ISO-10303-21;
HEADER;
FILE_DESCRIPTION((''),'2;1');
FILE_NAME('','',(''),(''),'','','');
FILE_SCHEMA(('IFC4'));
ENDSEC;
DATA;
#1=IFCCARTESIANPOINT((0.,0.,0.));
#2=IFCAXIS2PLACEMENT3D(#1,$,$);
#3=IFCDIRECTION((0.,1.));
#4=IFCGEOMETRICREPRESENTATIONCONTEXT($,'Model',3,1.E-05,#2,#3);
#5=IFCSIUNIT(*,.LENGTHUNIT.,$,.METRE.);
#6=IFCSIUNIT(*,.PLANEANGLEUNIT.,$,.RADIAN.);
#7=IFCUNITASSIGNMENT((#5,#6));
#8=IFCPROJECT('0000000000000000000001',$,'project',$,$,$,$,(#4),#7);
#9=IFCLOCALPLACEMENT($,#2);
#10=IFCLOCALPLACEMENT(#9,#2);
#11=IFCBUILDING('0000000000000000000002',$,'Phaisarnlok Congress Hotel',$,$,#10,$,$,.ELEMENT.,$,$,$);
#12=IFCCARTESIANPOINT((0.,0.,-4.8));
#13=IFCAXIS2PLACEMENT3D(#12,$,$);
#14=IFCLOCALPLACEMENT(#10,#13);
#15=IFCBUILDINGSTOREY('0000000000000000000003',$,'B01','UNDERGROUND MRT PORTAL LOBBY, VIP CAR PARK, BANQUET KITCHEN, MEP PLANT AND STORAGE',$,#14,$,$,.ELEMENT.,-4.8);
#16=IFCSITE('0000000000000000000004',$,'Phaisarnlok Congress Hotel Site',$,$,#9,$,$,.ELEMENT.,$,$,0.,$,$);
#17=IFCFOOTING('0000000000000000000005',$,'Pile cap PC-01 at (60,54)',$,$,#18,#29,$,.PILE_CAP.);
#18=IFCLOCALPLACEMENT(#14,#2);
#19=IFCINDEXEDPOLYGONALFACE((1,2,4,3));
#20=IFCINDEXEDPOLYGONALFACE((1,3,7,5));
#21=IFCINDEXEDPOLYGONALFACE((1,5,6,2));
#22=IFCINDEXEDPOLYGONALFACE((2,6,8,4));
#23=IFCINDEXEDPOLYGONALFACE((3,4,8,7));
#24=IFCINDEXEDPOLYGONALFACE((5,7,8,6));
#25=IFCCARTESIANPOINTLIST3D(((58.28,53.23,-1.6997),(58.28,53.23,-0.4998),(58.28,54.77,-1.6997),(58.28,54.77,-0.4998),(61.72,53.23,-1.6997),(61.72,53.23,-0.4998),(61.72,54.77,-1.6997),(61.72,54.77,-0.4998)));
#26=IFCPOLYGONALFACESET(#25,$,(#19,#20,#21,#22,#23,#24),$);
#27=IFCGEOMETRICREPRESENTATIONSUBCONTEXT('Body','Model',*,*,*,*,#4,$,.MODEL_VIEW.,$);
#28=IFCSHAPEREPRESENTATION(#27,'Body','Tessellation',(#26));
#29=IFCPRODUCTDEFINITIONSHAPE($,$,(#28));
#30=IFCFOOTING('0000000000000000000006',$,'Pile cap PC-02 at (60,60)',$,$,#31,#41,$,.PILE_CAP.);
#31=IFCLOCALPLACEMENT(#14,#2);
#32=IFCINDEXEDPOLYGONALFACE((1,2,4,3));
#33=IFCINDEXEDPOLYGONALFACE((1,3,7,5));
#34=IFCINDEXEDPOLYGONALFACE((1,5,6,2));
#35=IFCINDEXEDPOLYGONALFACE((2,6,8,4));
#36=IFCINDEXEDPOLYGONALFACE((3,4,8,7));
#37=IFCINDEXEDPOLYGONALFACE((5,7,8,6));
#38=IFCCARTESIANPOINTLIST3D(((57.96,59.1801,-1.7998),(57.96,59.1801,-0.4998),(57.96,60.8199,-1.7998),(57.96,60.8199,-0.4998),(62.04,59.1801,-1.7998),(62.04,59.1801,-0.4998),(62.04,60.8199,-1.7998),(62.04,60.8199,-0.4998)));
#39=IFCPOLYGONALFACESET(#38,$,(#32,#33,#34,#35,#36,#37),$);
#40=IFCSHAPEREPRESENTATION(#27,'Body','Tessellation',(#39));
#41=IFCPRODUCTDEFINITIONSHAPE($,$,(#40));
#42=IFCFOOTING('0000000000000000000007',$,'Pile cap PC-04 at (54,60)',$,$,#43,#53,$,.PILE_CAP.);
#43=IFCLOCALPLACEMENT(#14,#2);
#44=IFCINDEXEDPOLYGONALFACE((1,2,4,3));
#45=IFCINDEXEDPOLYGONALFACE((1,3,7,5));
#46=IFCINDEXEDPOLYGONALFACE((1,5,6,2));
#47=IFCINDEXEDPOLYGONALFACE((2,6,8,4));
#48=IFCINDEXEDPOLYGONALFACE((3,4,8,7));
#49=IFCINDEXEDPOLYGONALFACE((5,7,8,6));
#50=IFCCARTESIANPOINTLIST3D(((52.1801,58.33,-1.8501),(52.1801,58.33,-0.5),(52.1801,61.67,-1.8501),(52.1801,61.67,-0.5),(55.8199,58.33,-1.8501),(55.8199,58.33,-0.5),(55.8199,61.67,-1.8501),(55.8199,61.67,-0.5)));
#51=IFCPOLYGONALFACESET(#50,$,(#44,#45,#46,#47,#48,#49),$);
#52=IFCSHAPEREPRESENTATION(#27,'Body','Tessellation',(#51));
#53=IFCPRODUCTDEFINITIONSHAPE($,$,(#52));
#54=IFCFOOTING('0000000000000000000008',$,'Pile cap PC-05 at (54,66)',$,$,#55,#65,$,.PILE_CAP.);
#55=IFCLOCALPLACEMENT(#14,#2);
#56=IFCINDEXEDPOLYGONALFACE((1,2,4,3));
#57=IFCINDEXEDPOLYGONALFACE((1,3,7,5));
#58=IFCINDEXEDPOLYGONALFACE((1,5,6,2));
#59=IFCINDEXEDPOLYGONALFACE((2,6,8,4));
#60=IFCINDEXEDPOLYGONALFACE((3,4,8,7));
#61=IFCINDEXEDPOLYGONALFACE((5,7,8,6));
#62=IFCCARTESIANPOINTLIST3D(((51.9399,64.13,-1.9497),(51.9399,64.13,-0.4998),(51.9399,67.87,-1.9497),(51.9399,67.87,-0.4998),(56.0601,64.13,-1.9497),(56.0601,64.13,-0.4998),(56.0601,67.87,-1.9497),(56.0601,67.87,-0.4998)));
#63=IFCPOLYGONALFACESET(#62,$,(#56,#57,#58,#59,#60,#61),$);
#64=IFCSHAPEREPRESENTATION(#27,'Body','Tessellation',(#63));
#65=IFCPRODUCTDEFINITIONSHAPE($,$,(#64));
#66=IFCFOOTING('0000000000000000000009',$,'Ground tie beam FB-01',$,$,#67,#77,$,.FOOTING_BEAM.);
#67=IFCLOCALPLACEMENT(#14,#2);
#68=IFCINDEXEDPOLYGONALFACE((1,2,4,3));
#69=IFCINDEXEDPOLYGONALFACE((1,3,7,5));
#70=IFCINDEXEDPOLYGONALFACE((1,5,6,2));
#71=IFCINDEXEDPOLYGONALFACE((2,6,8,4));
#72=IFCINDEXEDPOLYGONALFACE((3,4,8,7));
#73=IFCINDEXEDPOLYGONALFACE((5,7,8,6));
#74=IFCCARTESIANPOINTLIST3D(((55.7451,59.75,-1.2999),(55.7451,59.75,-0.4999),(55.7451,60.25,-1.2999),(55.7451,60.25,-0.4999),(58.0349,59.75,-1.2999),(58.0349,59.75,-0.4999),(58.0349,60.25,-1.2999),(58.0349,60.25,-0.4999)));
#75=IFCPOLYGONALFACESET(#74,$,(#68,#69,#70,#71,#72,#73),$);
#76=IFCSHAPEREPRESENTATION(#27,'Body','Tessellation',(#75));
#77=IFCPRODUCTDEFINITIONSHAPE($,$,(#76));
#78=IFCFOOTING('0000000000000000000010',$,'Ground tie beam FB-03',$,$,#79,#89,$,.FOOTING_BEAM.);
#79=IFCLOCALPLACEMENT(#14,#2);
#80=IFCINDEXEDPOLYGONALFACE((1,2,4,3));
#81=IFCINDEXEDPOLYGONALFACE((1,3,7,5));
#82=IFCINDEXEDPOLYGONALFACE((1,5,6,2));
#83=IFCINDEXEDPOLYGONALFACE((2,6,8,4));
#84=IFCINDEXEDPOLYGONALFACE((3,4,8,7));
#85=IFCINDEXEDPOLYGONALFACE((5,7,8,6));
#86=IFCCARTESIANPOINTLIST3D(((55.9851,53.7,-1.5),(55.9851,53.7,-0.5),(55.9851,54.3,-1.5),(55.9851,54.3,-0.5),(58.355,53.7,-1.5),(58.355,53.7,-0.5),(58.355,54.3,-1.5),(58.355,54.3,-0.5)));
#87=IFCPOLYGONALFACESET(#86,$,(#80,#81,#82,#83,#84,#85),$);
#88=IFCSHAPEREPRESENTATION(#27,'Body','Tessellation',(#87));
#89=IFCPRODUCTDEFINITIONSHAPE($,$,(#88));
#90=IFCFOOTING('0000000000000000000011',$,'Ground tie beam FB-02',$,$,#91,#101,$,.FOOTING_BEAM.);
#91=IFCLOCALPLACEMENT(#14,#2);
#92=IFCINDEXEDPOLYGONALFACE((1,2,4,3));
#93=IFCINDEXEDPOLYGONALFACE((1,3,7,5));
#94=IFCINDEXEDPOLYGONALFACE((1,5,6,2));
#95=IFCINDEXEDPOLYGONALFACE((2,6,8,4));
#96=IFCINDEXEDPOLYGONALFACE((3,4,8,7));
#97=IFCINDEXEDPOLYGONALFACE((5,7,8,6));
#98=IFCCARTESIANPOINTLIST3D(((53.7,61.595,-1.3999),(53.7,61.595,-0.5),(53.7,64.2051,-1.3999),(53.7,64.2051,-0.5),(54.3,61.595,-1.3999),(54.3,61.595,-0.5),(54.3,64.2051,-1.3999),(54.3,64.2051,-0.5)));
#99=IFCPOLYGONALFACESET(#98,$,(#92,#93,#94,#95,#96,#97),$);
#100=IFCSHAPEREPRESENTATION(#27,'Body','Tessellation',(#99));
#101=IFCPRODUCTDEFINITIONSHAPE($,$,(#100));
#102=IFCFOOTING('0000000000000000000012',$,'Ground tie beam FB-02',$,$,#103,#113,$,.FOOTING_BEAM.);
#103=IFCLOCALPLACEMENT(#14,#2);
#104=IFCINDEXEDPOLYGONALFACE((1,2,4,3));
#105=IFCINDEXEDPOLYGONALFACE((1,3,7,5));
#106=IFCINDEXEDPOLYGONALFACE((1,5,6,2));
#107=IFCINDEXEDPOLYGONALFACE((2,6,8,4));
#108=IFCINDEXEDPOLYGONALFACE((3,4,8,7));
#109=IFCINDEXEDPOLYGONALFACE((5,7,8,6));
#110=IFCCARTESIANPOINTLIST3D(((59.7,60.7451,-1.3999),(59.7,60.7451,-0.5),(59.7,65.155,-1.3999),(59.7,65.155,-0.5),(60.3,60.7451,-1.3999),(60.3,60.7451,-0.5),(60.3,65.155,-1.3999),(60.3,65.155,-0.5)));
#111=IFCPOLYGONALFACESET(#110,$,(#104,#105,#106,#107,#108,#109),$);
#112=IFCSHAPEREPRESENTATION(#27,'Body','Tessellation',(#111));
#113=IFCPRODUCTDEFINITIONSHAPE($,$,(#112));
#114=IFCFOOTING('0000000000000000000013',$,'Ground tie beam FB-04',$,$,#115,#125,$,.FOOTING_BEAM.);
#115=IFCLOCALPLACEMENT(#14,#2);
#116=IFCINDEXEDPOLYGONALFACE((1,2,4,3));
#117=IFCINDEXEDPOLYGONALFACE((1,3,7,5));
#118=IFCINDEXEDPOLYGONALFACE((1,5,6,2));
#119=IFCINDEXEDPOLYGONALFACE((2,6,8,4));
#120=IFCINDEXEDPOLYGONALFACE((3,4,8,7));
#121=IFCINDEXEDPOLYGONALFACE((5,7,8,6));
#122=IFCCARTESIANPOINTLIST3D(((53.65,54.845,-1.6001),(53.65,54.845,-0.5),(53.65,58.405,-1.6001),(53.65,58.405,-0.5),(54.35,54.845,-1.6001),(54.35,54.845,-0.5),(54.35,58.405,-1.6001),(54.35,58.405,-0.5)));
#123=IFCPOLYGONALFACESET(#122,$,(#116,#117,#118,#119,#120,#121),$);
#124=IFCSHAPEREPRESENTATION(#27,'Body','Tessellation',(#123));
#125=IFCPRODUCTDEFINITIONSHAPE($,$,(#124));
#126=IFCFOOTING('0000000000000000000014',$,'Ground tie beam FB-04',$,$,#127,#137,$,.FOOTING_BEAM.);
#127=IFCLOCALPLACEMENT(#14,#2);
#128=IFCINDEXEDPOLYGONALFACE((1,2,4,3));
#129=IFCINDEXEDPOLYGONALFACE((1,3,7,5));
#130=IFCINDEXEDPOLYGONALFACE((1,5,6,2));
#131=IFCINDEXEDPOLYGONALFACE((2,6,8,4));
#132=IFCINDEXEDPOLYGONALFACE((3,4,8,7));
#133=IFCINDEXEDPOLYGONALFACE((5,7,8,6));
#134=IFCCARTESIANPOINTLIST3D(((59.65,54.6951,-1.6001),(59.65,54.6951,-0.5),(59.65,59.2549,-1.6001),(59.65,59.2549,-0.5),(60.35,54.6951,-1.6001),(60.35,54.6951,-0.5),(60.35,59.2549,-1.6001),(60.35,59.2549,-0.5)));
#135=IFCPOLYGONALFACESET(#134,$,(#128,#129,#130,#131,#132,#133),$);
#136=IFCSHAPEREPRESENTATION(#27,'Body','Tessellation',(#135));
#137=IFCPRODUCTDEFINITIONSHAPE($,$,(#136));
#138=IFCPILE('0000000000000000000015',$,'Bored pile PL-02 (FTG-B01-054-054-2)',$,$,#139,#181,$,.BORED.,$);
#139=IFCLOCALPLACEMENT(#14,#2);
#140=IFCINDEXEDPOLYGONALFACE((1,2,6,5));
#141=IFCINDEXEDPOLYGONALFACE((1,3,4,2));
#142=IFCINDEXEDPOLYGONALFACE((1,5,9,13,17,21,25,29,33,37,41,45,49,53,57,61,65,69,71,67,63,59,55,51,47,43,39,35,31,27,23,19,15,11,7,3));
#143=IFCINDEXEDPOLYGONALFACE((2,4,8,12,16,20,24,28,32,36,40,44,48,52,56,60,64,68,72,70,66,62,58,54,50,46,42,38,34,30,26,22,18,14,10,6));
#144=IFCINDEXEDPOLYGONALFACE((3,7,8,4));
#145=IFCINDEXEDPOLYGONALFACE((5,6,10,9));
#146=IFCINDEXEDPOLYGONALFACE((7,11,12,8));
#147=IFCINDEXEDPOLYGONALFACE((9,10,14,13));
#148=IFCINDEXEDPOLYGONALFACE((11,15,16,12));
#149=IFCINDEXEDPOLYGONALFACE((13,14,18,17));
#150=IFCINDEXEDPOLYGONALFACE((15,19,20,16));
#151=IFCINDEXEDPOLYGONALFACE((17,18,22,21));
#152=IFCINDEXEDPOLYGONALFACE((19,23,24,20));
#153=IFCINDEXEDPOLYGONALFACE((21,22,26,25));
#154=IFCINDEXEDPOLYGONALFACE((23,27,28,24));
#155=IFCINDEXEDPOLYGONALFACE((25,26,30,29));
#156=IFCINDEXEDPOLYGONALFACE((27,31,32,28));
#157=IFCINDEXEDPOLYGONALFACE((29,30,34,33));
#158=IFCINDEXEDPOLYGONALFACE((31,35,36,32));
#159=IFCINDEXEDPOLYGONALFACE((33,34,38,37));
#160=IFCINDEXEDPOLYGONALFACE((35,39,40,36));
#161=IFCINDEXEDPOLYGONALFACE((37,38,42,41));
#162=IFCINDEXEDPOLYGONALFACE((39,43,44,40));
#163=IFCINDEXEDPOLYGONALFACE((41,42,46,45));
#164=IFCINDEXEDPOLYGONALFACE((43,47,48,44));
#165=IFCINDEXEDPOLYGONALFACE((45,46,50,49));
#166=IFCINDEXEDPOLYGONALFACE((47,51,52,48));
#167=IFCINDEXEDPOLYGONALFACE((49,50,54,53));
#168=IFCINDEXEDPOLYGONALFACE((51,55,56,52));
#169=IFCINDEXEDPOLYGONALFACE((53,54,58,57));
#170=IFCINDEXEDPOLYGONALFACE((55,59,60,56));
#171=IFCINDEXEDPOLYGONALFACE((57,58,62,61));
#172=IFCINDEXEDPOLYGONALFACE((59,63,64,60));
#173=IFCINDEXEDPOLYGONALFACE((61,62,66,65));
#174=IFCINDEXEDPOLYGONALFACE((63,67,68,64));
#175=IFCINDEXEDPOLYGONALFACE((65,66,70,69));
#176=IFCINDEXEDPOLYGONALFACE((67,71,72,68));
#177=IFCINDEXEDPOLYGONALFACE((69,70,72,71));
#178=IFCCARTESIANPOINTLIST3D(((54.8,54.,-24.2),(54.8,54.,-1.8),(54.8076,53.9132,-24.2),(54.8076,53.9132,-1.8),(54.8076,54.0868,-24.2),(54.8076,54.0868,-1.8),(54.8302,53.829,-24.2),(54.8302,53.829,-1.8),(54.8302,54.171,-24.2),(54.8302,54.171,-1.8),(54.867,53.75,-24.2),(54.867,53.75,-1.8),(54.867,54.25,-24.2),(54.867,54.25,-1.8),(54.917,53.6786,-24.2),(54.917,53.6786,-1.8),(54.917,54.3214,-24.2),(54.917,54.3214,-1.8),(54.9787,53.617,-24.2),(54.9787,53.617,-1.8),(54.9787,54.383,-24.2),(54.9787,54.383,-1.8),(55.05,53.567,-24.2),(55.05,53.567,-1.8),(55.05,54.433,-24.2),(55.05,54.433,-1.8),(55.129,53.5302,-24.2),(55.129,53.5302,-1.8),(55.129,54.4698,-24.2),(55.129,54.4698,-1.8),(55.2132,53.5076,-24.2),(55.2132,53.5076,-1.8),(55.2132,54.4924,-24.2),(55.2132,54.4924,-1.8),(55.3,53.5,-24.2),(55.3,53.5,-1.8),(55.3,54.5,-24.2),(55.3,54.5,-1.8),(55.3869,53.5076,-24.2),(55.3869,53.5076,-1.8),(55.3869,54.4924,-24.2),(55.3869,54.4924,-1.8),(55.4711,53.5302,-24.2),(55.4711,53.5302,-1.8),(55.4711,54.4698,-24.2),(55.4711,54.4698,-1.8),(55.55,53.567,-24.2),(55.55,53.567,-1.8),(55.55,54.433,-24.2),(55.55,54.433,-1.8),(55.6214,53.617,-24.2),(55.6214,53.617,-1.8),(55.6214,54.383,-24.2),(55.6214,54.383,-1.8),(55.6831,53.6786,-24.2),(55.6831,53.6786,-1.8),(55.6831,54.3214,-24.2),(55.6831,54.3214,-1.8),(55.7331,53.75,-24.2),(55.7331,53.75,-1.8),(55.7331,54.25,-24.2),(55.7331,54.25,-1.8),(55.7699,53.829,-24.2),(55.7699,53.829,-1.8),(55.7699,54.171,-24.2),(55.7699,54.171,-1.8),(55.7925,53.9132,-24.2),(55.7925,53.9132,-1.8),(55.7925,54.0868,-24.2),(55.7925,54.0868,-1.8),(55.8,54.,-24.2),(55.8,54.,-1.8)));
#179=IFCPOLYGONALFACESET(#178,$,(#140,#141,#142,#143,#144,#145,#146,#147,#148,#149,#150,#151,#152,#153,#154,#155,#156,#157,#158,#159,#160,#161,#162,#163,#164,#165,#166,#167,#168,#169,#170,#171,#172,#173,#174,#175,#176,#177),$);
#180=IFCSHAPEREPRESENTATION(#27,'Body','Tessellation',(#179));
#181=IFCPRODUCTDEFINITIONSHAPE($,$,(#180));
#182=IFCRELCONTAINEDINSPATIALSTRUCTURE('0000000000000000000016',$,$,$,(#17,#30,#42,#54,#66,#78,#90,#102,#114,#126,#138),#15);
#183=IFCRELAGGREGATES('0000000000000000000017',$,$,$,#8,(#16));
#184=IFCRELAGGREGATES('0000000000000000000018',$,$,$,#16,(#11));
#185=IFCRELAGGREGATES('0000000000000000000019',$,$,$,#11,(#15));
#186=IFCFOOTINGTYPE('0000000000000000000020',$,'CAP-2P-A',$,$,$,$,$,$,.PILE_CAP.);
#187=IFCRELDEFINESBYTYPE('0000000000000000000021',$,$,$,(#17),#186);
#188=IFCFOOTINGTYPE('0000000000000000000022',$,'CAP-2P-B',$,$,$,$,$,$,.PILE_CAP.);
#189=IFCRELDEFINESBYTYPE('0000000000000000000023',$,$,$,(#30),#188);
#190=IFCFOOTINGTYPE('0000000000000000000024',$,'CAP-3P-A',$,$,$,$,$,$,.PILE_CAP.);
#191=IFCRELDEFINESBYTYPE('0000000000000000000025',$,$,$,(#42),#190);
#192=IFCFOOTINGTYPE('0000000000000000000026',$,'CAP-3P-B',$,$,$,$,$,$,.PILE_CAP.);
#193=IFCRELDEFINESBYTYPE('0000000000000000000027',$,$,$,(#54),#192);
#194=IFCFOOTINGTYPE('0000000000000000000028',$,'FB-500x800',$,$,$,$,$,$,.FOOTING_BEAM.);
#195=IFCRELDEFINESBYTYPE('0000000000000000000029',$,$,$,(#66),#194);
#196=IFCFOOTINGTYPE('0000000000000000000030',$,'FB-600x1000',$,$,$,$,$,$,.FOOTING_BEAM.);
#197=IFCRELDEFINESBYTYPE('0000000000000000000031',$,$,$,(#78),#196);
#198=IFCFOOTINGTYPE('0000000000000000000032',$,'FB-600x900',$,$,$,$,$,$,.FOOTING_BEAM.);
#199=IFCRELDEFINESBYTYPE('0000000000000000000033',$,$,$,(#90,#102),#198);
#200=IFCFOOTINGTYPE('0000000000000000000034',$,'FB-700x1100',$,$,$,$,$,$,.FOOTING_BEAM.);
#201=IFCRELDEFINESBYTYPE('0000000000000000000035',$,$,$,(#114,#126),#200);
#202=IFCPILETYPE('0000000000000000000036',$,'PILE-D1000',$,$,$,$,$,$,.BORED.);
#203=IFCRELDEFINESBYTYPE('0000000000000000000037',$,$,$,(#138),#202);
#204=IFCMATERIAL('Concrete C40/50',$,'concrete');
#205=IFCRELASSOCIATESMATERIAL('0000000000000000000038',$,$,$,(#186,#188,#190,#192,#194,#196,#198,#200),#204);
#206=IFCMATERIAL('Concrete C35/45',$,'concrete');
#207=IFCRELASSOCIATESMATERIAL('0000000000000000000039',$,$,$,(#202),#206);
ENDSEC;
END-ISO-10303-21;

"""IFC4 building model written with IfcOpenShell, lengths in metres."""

from ifc_helpers import new_model, si_unit, direction, frame, origin, origin_2d, place, context, subcontext, project, spatial, rectangle, circle, extrude, material, material_profile, profile_set, type_object, element, save


model = new_model("IFC4")

# Units and contexts
model_context = context("Model", 3, precision=1e-05, world=origin(), true_north=direction((0.0, 1.0)))
body_context = subcontext(model_context, "Body", "Model", "MODEL_VIEW")
ifc_project = project(units=[si_unit("LENGTHUNIT", "METRE"), si_unit("PLANEANGLEUNIT", "RADIAN")], contexts=[model_context])

# Site, building, storey
site_placement = place(None, origin())
site = spatial("IfcSite", under=ifc_project, at=site_placement, Name="Phaisarnlok Congress Hotel Site", CompositionType="ELEMENT", RefElevation=0.0)
building_placement = place(site_placement, origin())
building = spatial("IfcBuilding", under=site, at=building_placement, Name="Phaisarnlok Congress Hotel", CompositionType="ELEMENT")
storey_placement = place(building_placement, frame((0.0, 0.0, -4.8)))
storey = spatial("IfcBuildingStorey", under=building, at=storey_placement, Name="B01", Description="UNDERGROUND MRT PORTAL LOBBY, VIP CAR PARK, BANQUET KITCHEN, MEP PLANT AND STORAGE", CompositionType="ELEMENT", Elevation=-4.8)

# Footings
ifc_material_1 = material(Name="Concrete C40/50", Category="concrete")
footing_type_1 = type_object("IfcFootingType", Name="CAP-2P-A", PredefinedType="PILE_CAP", material=ifc_material_1)
footing_1_placement = place(storey_placement, frame((60.0, 54.0, -1.6997), z_axis=(0.0, 0.0, 1.0), x_axis=(1.0, 0.0, 0.0)))
element("IfcFooting", 1, at=footing_1_placement, inside=storey, type_object=footing_type_1, Name="Pile cap PC-01 at (60,54)", PredefinedType="PILE_CAP", context=body_context, shape_type="SweptSolid", body=[
    extrude(rectangle(XDim=3.4399, YDim=1.54, at=origin_2d()), origin(), (0.0, 0.0, 1.0), 1.2),
])
footing_type_2 = type_object("IfcFootingType", Name="CAP-2P-B", PredefinedType="PILE_CAP", material=ifc_material_1)
footing_2_placement = place(storey_placement, frame((60.0, 60.0, -1.7998), z_axis=(0.0, 0.0, 1.0), x_axis=(1.0, 0.0, 0.0)))
element("IfcFooting", 2, at=footing_2_placement, inside=storey, type_object=footing_type_2, Name="Pile cap PC-02 at (60,60)", PredefinedType="PILE_CAP", context=body_context, shape_type="SweptSolid", body=[
    extrude(rectangle(XDim=4.0801, YDim=1.6399, at=origin_2d()), origin(), (0.0, 0.0, 1.0), 1.3),
])
footing_type_3 = type_object("IfcFootingType", Name="CAP-3P-A", PredefinedType="PILE_CAP", material=ifc_material_1)
footing_3_placement = place(storey_placement, frame((54.0, 60.0, -1.8501), z_axis=(0.0, 0.0, 1.0), x_axis=(1.0, 0.0, 0.0)))
element("IfcFooting", 3, at=footing_3_placement, inside=storey, type_object=footing_type_3, Name="Pile cap PC-04 at (54,60)", PredefinedType="PILE_CAP", context=body_context, shape_type="SweptSolid", body=[
    extrude(rectangle(XDim=3.6399, YDim=3.3401, at=origin_2d()), origin(), (0.0, 0.0, 1.0), 1.3501),
])
footing_type_4 = type_object("IfcFootingType", Name="CAP-3P-B", PredefinedType="PILE_CAP", material=ifc_material_1)
footing_4_placement = place(storey_placement, frame((54.0, 66.0, -1.9497), z_axis=(0.0, 0.0, 1.0), x_axis=(1.0, 0.0, 0.0)))
element("IfcFooting", 4, at=footing_4_placement, inside=storey, type_object=footing_type_4, Name="Pile cap PC-05 at (54,66)", PredefinedType="PILE_CAP", context=body_context, shape_type="SweptSolid", body=[
    extrude(rectangle(XDim=4.1201, YDim=3.74, at=origin_2d()), origin(), (0.0, 0.0, 1.0), 1.45),
])
ifc_material_profile_1 = material_profile(ifc_material_1, rectangle(XDim=0.5, YDim=0.8, at=origin_2d()), Name="FB-500x800")
ifc_profile_set_1 = profile_set([ifc_material_profile_1], Name="Concrete C40/50")
footing_type_5 = type_object("IfcFootingType", Name="FB-500x800", PredefinedType="FOOTING_BEAM", material=ifc_profile_set_1)
footing_5_placement = place(storey_placement, frame((55.7451, 60.0, -0.8999), z_axis=(1.0, 0.0, 0.0), x_axis=(0.0, 1.0, 0.0)))
element("IfcFooting", 5, at=footing_5_placement, inside=storey, type_object=footing_type_5, Name="Ground tie beam FB-01", PredefinedType="FOOTING_BEAM", context=body_context, shape_type="SweptSolid", body=[
    extrude(rectangle(XDim=0.5, YDim=0.8, at=origin_2d()), origin(), (0.0, 0.0, 1.0), 2.2898),
])
ifc_material_profile_2 = material_profile(ifc_material_1, rectangle(XDim=0.6001, YDim=1.0, at=origin_2d()), Name="FB-600x1000")
ifc_profile_set_2 = profile_set([ifc_material_profile_2], Name="Concrete C40/50")
footing_type_6 = type_object("IfcFootingType", Name="FB-600x1000", PredefinedType="FOOTING_BEAM", material=ifc_profile_set_2)
footing_6_placement = place(storey_placement, frame((55.9851, 54.0, -1.0), z_axis=(1.0, 0.0, 0.0), x_axis=(0.0, 1.0, 0.0)))
element("IfcFooting", 6, at=footing_6_placement, inside=storey, type_object=footing_type_6, Name="Ground tie beam FB-03", PredefinedType="FOOTING_BEAM", context=body_context, shape_type="SweptSolid", body=[
    extrude(rectangle(XDim=0.6001, YDim=1.0, at=origin_2d()), origin(), (0.0, 0.0, 1.0), 2.3699),
])
ifc_material_profile_3 = material_profile(ifc_material_1, rectangle(XDim=0.6001, YDim=0.8999, at=origin_2d()), Name="FB-600x900")
ifc_profile_set_3 = profile_set([ifc_material_profile_3], Name="Concrete C40/50")
footing_type_7 = type_object("IfcFootingType", Name="FB-600x900", PredefinedType="FOOTING_BEAM", material=ifc_profile_set_3)
footing_7_placement = place(storey_placement, frame((54.0, 61.595, -0.95), z_axis=(0.0, 1.0, 0.0), x_axis=(-1.0, 0.0, 0.0)))
element("IfcFooting", 7, at=footing_7_placement, inside=storey, type_object=footing_type_7, Name="Ground tie beam FB-02", PredefinedType="FOOTING_BEAM", context=body_context, shape_type="SweptSolid", body=[
    extrude(rectangle(XDim=0.6001, YDim=0.8999, at=origin_2d()), origin(), (0.0, 0.0, 1.0), 2.6101),
])
footing_8_placement = place(storey_placement, frame((60.0, 60.7451, -0.95), z_axis=(0.0, 1.0, 0.0), x_axis=(-1.0, 0.0, 0.0)))
element("IfcFooting", 8, at=footing_8_placement, inside=storey, type_object=footing_type_7, Name="Ground tie beam FB-02", PredefinedType="FOOTING_BEAM", context=body_context, shape_type="SweptSolid", body=[
    extrude(rectangle(XDim=0.6001, YDim=0.8999, at=origin_2d()), origin(), (0.0, 0.0, 1.0), 4.4099),
])
ifc_material_profile_4 = material_profile(ifc_material_1, rectangle(XDim=0.7, YDim=1.1001, at=origin_2d()), Name="FB-700x1100")
ifc_profile_set_4 = profile_set([ifc_material_profile_4], Name="Concrete C40/50")
footing_type_8 = type_object("IfcFootingType", Name="FB-700x1100", PredefinedType="FOOTING_BEAM", material=ifc_profile_set_4)
footing_9_placement = place(storey_placement, frame((54.0, 54.845, -1.05), z_axis=(0.0, 1.0, 0.0), x_axis=(-1.0, 0.0, 0.0)))
element("IfcFooting", 9, at=footing_9_placement, inside=storey, type_object=footing_type_8, Name="Ground tie beam FB-04", PredefinedType="FOOTING_BEAM", context=body_context, shape_type="SweptSolid", body=[
    extrude(rectangle(XDim=0.7, YDim=1.1001, at=origin_2d()), origin(), (0.0, 0.0, 1.0), 3.5601),
])
footing_10_placement = place(storey_placement, frame((60.0, 54.6951, -1.05), z_axis=(0.0, 1.0, 0.0), x_axis=(-1.0, 0.0, 0.0)))
element("IfcFooting", 10, at=footing_10_placement, inside=storey, type_object=footing_type_8, Name="Ground tie beam FB-04", PredefinedType="FOOTING_BEAM", context=body_context, shape_type="SweptSolid", body=[
    extrude(rectangle(XDim=0.7, YDim=1.1001, at=origin_2d()), origin(), (0.0, 0.0, 1.0), 4.5598),
])

# Pile
ifc_material_2 = material(Name="Concrete C35/45", Category="concrete")
ifc_material_profile_5 = material_profile(ifc_material_2, circle(Radius=0.5, at=origin_2d()), Name="BORED PILE D1000")
ifc_profile_set_5 = profile_set([ifc_material_profile_5], Name="Concrete C35/45")
pile_type_1 = type_object("IfcPileType", Name="PILE-D1000", PredefinedType="BORED", material=ifc_profile_set_5)
pile_1_placement = place(storey_placement, frame((55.3, 54.0, -1.8), z_axis=(0.0, 0.0, -1.0), x_axis=(1.0, 0.0, 0.0)))
element("IfcPile", 11, at=pile_1_placement, inside=storey, type_object=pile_type_1, Name="Bored pile PL-02 (FTG-B01-054-054-2)", PredefinedType="BORED", context=body_context, shape_type="SweptSolid", body=[
    extrude(circle(Radius=0.5, at=origin_2d()), origin(), (0.0, 0.0, 1.0), 22.3999),
])

save(model, "model.ifc")
